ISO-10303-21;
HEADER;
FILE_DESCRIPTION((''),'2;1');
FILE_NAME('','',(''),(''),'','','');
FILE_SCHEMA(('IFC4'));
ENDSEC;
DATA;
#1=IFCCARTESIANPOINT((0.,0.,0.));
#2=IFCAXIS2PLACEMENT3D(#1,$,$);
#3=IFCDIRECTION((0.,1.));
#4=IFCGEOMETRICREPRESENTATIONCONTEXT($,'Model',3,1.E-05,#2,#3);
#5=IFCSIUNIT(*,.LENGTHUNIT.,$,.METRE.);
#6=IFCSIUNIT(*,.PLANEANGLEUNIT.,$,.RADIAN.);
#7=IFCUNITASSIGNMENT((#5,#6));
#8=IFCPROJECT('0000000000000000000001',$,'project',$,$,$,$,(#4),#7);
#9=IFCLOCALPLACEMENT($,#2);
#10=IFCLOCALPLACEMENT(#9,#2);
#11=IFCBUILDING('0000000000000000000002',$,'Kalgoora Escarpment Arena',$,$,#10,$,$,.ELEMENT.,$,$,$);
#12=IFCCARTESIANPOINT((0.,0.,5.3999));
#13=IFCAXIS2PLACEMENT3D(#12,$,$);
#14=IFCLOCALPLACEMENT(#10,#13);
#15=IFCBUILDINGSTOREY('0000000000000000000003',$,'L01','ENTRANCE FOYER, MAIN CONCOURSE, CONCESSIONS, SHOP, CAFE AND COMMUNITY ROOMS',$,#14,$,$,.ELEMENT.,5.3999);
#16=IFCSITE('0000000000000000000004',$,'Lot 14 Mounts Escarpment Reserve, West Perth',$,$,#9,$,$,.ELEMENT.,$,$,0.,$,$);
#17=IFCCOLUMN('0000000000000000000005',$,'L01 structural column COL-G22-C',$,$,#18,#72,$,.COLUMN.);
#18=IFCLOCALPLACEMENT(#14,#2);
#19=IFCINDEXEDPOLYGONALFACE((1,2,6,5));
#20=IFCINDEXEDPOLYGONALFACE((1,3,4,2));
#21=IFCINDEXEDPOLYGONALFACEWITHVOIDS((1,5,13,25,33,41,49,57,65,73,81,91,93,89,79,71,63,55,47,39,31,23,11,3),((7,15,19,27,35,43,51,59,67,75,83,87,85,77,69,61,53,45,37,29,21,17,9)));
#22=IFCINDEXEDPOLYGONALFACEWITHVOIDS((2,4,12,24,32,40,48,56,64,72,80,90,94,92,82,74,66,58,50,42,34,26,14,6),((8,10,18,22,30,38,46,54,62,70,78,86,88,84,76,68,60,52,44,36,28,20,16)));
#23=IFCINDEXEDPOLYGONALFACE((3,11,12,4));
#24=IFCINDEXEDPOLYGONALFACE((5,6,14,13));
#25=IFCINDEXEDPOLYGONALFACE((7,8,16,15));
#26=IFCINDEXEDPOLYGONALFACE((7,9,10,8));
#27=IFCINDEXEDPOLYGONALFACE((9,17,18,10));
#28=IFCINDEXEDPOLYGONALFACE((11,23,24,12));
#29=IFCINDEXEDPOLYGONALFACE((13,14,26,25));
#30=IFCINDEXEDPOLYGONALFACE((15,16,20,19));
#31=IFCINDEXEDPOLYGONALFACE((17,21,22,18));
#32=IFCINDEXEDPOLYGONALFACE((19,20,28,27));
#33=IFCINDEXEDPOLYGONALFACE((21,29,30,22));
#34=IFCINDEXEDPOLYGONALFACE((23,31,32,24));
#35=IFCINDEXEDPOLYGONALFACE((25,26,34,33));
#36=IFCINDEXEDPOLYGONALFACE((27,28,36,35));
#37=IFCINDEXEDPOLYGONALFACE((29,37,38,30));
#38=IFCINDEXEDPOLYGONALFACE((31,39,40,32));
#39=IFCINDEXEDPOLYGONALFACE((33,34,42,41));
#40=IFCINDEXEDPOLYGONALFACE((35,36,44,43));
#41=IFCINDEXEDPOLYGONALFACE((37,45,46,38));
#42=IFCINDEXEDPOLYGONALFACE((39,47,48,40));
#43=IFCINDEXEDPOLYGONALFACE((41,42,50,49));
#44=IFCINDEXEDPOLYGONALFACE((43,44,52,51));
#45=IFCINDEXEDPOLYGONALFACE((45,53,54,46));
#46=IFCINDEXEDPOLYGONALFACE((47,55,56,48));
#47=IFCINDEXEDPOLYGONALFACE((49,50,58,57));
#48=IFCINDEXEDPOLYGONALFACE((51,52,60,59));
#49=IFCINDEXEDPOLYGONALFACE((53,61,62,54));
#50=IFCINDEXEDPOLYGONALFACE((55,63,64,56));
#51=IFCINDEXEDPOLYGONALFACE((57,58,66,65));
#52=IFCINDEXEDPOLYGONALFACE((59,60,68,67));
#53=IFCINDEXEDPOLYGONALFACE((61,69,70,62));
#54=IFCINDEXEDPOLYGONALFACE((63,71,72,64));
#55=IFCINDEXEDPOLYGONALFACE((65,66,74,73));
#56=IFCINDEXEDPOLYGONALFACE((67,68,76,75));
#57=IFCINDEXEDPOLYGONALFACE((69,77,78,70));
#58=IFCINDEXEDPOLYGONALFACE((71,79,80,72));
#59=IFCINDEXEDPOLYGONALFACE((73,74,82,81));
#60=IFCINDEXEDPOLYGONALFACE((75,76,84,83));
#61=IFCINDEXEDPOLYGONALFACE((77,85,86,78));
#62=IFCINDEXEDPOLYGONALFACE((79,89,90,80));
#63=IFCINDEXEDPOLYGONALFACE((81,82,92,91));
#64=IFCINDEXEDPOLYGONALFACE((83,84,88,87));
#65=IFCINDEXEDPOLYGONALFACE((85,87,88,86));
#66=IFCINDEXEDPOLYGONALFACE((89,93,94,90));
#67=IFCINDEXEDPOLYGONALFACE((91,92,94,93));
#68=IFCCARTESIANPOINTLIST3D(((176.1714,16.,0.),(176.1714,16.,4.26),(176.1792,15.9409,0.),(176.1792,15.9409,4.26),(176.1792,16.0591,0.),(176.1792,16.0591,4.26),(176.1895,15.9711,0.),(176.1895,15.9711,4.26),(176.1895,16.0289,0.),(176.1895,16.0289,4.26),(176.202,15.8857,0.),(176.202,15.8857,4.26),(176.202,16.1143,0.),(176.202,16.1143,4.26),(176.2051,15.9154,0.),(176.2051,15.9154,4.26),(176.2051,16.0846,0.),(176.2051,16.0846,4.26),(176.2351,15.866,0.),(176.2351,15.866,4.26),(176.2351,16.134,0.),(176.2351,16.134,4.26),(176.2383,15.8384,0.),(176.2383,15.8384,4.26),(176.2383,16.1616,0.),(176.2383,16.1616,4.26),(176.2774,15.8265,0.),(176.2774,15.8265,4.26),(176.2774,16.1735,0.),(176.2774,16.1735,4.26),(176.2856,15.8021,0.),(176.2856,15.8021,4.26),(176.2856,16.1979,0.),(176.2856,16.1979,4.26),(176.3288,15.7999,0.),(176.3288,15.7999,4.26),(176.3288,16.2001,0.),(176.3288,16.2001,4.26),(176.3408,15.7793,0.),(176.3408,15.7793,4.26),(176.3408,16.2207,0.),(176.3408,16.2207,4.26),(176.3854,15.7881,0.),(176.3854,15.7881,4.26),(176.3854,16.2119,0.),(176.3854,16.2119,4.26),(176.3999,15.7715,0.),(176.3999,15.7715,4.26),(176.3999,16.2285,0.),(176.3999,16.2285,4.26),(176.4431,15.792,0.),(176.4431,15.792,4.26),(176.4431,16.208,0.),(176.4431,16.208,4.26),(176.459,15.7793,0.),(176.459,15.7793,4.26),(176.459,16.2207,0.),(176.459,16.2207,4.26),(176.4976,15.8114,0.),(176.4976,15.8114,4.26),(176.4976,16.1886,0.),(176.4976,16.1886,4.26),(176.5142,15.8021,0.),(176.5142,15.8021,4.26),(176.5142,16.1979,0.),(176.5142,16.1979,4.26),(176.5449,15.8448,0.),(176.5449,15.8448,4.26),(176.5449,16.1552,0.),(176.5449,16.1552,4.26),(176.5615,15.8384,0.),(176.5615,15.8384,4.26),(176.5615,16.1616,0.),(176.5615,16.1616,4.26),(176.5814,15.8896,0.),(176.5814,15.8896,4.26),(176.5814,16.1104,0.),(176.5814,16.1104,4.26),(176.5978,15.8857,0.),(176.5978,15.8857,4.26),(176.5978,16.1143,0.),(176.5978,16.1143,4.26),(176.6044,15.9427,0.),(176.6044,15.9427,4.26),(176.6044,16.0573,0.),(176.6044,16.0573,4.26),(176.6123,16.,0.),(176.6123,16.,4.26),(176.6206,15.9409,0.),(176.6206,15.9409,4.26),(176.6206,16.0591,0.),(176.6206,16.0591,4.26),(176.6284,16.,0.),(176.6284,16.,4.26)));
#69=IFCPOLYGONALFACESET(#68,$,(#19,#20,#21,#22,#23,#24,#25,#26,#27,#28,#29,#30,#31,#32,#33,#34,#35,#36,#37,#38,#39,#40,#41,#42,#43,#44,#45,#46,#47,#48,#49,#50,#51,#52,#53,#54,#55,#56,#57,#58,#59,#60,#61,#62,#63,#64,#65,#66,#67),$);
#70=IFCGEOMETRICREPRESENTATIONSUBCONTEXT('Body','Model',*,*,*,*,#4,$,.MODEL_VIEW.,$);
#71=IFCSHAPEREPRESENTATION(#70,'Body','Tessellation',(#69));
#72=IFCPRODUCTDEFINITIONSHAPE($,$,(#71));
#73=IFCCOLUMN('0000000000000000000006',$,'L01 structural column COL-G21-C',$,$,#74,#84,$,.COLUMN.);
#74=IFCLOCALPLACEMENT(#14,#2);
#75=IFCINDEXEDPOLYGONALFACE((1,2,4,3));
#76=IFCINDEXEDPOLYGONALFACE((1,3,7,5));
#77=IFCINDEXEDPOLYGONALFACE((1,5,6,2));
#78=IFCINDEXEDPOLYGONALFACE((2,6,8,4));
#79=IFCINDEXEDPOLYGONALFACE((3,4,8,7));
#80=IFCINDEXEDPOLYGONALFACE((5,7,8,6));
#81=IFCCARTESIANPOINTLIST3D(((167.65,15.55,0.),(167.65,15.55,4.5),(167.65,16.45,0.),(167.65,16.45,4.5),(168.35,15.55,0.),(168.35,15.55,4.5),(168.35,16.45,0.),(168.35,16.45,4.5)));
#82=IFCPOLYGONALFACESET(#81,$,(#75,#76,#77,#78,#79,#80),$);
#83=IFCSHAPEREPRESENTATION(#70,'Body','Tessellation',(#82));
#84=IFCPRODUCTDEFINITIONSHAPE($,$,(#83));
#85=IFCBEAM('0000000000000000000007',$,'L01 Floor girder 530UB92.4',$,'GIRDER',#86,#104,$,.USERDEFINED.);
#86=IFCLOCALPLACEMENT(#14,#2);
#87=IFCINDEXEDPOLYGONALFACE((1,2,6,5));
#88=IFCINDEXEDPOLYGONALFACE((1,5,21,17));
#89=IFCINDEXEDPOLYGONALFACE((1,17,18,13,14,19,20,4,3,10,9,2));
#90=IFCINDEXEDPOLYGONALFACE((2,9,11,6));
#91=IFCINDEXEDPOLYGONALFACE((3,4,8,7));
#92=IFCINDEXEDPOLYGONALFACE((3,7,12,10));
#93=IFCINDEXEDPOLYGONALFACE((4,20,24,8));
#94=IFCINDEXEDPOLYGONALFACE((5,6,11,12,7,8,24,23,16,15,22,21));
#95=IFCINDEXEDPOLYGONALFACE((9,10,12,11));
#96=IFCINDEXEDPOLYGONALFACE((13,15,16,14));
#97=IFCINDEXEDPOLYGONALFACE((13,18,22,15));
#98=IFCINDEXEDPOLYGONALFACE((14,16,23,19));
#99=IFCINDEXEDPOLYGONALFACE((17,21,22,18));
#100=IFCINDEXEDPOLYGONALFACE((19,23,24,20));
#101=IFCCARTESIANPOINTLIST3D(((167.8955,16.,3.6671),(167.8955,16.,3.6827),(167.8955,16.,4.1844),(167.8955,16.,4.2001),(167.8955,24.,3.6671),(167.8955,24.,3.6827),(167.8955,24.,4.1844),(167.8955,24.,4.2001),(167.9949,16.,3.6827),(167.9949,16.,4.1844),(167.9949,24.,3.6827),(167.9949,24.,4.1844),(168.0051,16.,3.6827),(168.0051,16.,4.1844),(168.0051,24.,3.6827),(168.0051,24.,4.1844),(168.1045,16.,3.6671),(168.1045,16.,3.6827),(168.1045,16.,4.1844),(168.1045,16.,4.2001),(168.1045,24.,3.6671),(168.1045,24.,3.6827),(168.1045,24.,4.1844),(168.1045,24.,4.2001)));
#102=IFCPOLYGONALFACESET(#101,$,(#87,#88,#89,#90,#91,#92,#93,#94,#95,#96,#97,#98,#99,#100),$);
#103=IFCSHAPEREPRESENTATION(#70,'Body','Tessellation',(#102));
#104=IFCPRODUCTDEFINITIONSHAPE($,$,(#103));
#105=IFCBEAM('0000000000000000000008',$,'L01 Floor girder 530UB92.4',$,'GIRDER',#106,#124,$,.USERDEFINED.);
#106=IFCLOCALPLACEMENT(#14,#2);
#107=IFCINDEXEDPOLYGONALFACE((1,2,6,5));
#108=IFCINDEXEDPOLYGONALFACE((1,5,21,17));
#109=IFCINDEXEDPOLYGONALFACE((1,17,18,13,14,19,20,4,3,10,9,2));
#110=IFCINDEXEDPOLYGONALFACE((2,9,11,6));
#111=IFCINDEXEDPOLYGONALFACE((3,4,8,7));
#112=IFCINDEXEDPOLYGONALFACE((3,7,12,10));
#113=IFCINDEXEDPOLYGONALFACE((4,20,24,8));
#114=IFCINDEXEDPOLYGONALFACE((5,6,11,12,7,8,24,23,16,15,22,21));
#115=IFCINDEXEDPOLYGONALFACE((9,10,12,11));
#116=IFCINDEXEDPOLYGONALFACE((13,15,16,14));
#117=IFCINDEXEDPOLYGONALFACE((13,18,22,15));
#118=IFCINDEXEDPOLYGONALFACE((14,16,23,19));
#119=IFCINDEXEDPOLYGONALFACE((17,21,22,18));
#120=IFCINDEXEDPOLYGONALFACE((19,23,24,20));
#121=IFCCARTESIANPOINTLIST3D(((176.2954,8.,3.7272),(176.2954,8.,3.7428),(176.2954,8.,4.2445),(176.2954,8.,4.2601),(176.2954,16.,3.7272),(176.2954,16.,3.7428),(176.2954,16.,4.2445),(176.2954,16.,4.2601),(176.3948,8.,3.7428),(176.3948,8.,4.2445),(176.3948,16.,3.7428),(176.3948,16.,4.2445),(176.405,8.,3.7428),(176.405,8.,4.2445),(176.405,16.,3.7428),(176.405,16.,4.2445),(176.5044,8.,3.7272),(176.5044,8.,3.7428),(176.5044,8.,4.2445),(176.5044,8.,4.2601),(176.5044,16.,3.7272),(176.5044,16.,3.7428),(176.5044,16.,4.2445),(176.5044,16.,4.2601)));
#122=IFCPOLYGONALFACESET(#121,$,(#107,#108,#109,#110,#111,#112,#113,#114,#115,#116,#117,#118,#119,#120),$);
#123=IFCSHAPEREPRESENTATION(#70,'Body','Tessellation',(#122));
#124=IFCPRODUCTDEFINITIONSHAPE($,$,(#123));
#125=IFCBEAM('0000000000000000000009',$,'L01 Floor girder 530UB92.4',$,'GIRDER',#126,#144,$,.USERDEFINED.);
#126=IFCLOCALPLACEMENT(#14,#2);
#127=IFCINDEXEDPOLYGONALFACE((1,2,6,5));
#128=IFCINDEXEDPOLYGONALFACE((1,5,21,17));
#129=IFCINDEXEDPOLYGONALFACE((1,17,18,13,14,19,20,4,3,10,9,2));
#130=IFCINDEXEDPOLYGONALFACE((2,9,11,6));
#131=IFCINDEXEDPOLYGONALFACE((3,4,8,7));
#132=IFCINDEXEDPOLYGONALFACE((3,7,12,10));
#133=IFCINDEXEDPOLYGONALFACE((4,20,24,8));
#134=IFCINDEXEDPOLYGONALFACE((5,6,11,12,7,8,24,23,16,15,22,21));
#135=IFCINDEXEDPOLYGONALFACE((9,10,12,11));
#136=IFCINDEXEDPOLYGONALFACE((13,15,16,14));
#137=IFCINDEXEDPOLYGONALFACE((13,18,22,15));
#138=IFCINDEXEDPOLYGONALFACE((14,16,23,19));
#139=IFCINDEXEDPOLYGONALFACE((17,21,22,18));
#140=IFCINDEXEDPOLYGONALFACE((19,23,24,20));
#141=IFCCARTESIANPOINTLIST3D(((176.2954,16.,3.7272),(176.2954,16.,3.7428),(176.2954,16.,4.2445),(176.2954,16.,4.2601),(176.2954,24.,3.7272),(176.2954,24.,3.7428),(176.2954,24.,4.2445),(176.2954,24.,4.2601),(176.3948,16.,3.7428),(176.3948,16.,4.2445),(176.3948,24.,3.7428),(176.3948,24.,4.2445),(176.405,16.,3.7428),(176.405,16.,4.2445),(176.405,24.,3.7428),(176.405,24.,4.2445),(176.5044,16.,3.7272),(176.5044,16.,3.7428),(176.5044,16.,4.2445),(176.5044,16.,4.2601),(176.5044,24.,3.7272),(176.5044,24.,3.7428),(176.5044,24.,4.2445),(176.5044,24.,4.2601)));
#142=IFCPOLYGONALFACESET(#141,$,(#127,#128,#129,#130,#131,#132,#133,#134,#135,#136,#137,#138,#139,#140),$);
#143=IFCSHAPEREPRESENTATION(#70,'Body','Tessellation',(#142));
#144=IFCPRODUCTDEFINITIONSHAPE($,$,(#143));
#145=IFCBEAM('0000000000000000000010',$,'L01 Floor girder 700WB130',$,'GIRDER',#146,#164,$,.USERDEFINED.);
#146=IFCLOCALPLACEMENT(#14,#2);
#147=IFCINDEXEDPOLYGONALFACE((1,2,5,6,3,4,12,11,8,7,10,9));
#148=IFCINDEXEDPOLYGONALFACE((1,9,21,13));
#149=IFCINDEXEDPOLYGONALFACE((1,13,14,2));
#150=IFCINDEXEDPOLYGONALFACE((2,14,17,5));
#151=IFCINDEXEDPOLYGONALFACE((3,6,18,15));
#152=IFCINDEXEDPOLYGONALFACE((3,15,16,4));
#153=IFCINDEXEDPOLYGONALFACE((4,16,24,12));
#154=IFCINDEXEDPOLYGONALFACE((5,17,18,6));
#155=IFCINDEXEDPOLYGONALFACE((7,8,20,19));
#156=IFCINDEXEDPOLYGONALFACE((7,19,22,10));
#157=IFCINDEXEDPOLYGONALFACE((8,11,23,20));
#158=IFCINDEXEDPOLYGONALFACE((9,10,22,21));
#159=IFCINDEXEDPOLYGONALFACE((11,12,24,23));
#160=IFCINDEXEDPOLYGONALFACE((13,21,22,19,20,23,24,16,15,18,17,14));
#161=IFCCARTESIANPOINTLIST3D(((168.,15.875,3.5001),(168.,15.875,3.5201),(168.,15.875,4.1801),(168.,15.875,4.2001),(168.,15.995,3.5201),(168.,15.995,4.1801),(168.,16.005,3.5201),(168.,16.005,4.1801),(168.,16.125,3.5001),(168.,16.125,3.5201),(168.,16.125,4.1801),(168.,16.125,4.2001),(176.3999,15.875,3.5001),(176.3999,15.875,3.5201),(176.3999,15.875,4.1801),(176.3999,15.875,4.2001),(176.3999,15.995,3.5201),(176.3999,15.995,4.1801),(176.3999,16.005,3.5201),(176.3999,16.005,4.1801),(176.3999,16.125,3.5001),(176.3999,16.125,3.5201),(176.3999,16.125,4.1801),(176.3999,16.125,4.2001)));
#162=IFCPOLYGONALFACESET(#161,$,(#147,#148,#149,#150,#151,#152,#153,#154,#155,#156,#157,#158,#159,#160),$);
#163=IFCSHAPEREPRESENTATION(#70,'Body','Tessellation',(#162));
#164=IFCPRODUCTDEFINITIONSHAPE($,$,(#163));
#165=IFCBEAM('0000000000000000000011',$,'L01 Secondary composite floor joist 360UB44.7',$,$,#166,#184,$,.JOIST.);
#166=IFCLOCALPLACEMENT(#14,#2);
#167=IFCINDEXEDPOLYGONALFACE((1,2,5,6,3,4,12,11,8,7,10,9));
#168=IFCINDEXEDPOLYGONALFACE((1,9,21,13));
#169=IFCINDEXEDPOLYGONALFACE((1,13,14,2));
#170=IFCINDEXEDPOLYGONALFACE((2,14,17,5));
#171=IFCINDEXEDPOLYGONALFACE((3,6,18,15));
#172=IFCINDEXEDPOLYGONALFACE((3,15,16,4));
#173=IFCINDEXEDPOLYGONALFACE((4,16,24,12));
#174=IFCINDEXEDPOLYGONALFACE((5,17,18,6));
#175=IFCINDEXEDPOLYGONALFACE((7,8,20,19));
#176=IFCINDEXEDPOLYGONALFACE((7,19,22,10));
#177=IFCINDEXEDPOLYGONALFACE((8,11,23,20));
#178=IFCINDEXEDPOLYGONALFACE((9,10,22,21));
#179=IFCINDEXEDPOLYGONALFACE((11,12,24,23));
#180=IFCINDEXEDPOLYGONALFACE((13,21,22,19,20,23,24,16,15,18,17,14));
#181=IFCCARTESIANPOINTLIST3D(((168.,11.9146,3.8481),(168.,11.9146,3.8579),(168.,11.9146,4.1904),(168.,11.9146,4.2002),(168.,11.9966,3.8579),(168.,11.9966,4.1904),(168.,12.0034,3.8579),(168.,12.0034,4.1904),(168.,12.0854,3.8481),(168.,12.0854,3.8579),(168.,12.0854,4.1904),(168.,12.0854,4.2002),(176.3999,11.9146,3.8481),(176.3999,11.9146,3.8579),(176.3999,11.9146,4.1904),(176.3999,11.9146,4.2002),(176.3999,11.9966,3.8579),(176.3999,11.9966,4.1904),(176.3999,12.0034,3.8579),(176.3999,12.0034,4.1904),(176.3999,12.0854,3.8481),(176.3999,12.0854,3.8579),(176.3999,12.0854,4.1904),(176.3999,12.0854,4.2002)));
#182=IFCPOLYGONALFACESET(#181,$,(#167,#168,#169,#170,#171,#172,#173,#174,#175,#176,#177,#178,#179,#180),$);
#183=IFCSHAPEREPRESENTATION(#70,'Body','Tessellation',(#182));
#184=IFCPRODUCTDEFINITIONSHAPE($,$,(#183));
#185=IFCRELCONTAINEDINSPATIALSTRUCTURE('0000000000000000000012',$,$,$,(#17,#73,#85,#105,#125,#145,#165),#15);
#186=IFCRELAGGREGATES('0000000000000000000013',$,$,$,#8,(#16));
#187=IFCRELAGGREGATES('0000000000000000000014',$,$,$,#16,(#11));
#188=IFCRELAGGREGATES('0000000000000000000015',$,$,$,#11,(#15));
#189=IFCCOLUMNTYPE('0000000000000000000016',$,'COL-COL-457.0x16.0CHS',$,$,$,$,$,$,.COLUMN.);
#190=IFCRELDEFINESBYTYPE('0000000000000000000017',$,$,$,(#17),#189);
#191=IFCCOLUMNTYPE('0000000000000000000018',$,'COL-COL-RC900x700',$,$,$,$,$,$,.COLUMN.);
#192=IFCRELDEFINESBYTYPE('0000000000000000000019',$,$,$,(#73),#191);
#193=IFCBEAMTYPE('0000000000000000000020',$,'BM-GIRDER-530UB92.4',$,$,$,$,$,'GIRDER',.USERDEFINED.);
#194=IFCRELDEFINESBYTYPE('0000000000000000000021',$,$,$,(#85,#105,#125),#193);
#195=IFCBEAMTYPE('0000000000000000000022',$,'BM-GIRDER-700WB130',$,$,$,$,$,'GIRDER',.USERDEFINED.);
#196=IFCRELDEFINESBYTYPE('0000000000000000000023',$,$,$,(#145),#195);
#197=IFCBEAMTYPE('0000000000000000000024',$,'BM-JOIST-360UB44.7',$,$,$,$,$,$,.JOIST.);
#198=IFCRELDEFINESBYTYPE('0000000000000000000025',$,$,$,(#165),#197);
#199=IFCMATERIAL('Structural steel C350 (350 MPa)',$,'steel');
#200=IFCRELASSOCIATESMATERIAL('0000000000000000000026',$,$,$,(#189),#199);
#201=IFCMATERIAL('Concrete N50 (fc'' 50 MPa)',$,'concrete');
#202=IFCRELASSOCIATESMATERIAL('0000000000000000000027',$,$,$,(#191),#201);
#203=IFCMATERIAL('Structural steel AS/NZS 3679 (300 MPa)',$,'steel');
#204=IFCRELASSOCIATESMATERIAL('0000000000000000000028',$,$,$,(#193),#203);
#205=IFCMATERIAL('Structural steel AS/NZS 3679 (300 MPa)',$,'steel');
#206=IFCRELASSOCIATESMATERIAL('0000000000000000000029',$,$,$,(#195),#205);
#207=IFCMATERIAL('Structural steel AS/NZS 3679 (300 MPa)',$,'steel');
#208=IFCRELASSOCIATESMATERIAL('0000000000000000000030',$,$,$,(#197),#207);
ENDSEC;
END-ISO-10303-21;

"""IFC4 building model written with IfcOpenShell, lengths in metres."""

from ifc_helpers import new_model, si_unit, direction, frame, origin, origin_2d, place, context, subcontext, project, spatial, rectangle, hollow_circle, i_section, extrude, material, material_profile, profile_set, type_object, element, save


model = new_model("IFC4")

# Units and contexts
model_context = context("Model", 3, precision=1e-05, world=origin(), true_north=direction((0.0, 1.0)))
body_context = subcontext(model_context, "Body", "Model", "MODEL_VIEW")
ifc_project = project(units=[si_unit("LENGTHUNIT", "METRE"), si_unit("PLANEANGLEUNIT", "RADIAN")], contexts=[model_context])

# Site, building, storey
site_placement = place(None, origin())
site = spatial("IfcSite", under=ifc_project, at=site_placement, Name="Lot 14 Mounts Escarpment Reserve, West Perth", CompositionType="ELEMENT", RefElevation=0.0)
building_placement = place(site_placement, origin())
building = spatial("IfcBuilding", under=site, at=building_placement, Name="Kalgoora Escarpment Arena", CompositionType="ELEMENT")
storey_placement = place(building_placement, frame((0.0, 0.0, 5.3999)))
storey = spatial("IfcBuildingStorey", under=building, at=storey_placement, Name="L01", Description="ENTRANCE FOYER, MAIN CONCOURSE, CONCESSIONS, SHOP, CAFE AND COMMUNITY ROOMS", CompositionType="ELEMENT", Elevation=5.3999)

# Columns
ifc_material_1 = material(Name="Structural steel C350 (350 MPa)", Category="steel")
ifc_material_profile_1 = material_profile(ifc_material_1, hollow_circle(Radius=0.2285, WallThickness=0.0161, at=origin_2d()))
ifc_profile_set_1 = profile_set([ifc_material_profile_1], Name="Structural steel C350 (350 MPa)")
column_type_1 = type_object("IfcColumnType", Name="COL-COL-457.0x16.0CHS", PredefinedType="COLUMN", material=ifc_profile_set_1)
column_1_placement = place(storey_placement, frame((176.3999, 16.0, 0.0), z_axis=(0.0, 0.0, 1.0), x_axis=(1.0, 0.0, 0.0)))
element("IfcColumn", 1, at=column_1_placement, inside=storey, type_object=column_type_1, Name="L01 structural column COL-G22-C", PredefinedType="COLUMN", context=body_context, shape_type="SweptSolid", body=[
    extrude(hollow_circle(Radius=0.2285, WallThickness=0.0161, at=origin_2d()), origin(), (0.0, 0.0, 1.0), 4.26),
])
ifc_material_2 = material(Name="Concrete N50 (fc' 50 MPa)", Category="concrete")
ifc_material_profile_2 = material_profile(ifc_material_2, rectangle(XDim=0.7, YDim=0.8999, at=origin_2d()))
ifc_profile_set_2 = profile_set([ifc_material_profile_2], Name="Concrete N50 (fc' 50 MPa)")
column_type_2 = type_object("IfcColumnType", Name="COL-COL-RC900x700", PredefinedType="COLUMN", material=ifc_profile_set_2)
column_2_placement = place(storey_placement, frame((168.0, 16.0, 0.0), z_axis=(0.0, 0.0, 1.0), x_axis=(1.0, 0.0, 0.0)))
element("IfcColumn", 2, at=column_2_placement, inside=storey, type_object=column_type_2, Name="L01 structural column COL-G21-C", PredefinedType="COLUMN", context=body_context, shape_type="SweptSolid", body=[
    extrude(rectangle(XDim=0.7, YDim=0.8999, at=origin_2d()), origin(), (0.0, 0.0, 1.0), 4.5),
])

# Beams
ifc_material_3 = material(Name="Structural steel AS/NZS 3679 (300 MPa)", Category="steel")
ifc_material_profile_3 = material_profile(ifc_material_3, i_section(OverallWidth=0.209, OverallDepth=0.533, WebThickness=0.0103, FlangeThickness=0.0156, at=origin_2d()))
ifc_profile_set_3 = profile_set([ifc_material_profile_3], Name="Structural steel AS/NZS 3679 (300 MPa)")
beam_type_1 = type_object("IfcBeamType", Name="BM-GIRDER-530UB92.4", ElementType="GIRDER", PredefinedType="USERDEFINED", material=ifc_profile_set_3)
for number, where, z_axis, x_axis, name in (
    (3, (168.0, 16.0, 3.9336), (0.0, 1.0, 0.0), (-1.0, 0.0, 0.0), "L01 Floor girder 530UB92.4"),
    (4, (176.3999, 8.0, 3.9937), (0.0, 1.0, 0.0), (-1.0, 0.0, 0.0), "L01 Floor girder 530UB92.4"),
    (5, (176.3999, 16.0, 3.9937), (0.0, 1.0, 0.0), (-1.0, 0.0, 0.0), "L01 Floor girder 530UB92.4"),
):
    element("IfcBeam", number, at=place(storey_placement, frame(where, z_axis=z_axis, x_axis=x_axis)), inside=storey, type_object=beam_type_1, Name=name, ObjectType="GIRDER", PredefinedType="USERDEFINED", context=body_context, shape_type="SweptSolid", body=[
        extrude(i_section(OverallWidth=0.209, OverallDepth=0.533, WebThickness=0.0103, FlangeThickness=0.0156, at=origin_2d()), origin(), (0.0, 0.0, 1.0), 8.0),
    ])
ifc_material_4 = material(Name="Structural steel AS/NZS 3679 (300 MPa)", Category="steel")
ifc_material_profile_4 = material_profile(ifc_material_4, i_section(OverallWidth=0.25, OverallDepth=0.7, WebThickness=0.01, FlangeThickness=0.02, at=origin_2d()))
ifc_profile_set_4 = profile_set([ifc_material_profile_4], Name="Structural steel AS/NZS 3679 (300 MPa)")
beam_type_2 = type_object("IfcBeamType", Name="BM-GIRDER-700WB130", ElementType="GIRDER", PredefinedType="USERDEFINED", material=ifc_profile_set_4)
beam_1_placement = place(storey_placement, frame((168.0, 16.0, 3.8501), z_axis=(1.0, 0.0, 0.0), x_axis=(0.0, 1.0, 0.0)))
element("IfcBeam", 6, at=beam_1_placement, inside=storey, type_object=beam_type_2, Name="L01 Floor girder 700WB130", ObjectType="GIRDER", PredefinedType="USERDEFINED", context=body_context, shape_type="SweptSolid", body=[
    extrude(i_section(OverallWidth=0.25, OverallDepth=0.7, WebThickness=0.01, FlangeThickness=0.02, at=origin_2d()), origin(), (0.0, 0.0, 1.0), 8.3999),
])
ifc_material_5 = material(Name="Structural steel AS/NZS 3679 (300 MPa)", Category="steel")
ifc_material_profile_5 = material_profile(ifc_material_5, i_section(OverallWidth=0.1709, OverallDepth=0.3521, WebThickness=0.0068, FlangeThickness=0.0098, at=origin_2d()))
ifc_profile_set_5 = profile_set([ifc_material_profile_5], Name="Structural steel AS/NZS 3679 (300 MPa)")
beam_type_3 = type_object("IfcBeamType", Name="BM-JOIST-360UB44.7", PredefinedType="JOIST", material=ifc_profile_set_5)
beam_2_placement = place(storey_placement, frame((168.0, 12.0, 4.0242), z_axis=(1.0, 0.0, 0.0), x_axis=(0.0, 1.0, 0.0)))
element("IfcBeam", 7, at=beam_2_placement, inside=storey, type_object=beam_type_3, Name="L01 Secondary composite floor joist 360UB44.7", PredefinedType="JOIST", context=body_context, shape_type="SweptSolid", body=[
    extrude(i_section(OverallWidth=0.1709, OverallDepth=0.3521, WebThickness=0.0068, FlangeThickness=0.0098, at=origin_2d()), origin(), (0.0, 0.0, 1.0), 8.3999),
])

save(model, "model.ifc")
